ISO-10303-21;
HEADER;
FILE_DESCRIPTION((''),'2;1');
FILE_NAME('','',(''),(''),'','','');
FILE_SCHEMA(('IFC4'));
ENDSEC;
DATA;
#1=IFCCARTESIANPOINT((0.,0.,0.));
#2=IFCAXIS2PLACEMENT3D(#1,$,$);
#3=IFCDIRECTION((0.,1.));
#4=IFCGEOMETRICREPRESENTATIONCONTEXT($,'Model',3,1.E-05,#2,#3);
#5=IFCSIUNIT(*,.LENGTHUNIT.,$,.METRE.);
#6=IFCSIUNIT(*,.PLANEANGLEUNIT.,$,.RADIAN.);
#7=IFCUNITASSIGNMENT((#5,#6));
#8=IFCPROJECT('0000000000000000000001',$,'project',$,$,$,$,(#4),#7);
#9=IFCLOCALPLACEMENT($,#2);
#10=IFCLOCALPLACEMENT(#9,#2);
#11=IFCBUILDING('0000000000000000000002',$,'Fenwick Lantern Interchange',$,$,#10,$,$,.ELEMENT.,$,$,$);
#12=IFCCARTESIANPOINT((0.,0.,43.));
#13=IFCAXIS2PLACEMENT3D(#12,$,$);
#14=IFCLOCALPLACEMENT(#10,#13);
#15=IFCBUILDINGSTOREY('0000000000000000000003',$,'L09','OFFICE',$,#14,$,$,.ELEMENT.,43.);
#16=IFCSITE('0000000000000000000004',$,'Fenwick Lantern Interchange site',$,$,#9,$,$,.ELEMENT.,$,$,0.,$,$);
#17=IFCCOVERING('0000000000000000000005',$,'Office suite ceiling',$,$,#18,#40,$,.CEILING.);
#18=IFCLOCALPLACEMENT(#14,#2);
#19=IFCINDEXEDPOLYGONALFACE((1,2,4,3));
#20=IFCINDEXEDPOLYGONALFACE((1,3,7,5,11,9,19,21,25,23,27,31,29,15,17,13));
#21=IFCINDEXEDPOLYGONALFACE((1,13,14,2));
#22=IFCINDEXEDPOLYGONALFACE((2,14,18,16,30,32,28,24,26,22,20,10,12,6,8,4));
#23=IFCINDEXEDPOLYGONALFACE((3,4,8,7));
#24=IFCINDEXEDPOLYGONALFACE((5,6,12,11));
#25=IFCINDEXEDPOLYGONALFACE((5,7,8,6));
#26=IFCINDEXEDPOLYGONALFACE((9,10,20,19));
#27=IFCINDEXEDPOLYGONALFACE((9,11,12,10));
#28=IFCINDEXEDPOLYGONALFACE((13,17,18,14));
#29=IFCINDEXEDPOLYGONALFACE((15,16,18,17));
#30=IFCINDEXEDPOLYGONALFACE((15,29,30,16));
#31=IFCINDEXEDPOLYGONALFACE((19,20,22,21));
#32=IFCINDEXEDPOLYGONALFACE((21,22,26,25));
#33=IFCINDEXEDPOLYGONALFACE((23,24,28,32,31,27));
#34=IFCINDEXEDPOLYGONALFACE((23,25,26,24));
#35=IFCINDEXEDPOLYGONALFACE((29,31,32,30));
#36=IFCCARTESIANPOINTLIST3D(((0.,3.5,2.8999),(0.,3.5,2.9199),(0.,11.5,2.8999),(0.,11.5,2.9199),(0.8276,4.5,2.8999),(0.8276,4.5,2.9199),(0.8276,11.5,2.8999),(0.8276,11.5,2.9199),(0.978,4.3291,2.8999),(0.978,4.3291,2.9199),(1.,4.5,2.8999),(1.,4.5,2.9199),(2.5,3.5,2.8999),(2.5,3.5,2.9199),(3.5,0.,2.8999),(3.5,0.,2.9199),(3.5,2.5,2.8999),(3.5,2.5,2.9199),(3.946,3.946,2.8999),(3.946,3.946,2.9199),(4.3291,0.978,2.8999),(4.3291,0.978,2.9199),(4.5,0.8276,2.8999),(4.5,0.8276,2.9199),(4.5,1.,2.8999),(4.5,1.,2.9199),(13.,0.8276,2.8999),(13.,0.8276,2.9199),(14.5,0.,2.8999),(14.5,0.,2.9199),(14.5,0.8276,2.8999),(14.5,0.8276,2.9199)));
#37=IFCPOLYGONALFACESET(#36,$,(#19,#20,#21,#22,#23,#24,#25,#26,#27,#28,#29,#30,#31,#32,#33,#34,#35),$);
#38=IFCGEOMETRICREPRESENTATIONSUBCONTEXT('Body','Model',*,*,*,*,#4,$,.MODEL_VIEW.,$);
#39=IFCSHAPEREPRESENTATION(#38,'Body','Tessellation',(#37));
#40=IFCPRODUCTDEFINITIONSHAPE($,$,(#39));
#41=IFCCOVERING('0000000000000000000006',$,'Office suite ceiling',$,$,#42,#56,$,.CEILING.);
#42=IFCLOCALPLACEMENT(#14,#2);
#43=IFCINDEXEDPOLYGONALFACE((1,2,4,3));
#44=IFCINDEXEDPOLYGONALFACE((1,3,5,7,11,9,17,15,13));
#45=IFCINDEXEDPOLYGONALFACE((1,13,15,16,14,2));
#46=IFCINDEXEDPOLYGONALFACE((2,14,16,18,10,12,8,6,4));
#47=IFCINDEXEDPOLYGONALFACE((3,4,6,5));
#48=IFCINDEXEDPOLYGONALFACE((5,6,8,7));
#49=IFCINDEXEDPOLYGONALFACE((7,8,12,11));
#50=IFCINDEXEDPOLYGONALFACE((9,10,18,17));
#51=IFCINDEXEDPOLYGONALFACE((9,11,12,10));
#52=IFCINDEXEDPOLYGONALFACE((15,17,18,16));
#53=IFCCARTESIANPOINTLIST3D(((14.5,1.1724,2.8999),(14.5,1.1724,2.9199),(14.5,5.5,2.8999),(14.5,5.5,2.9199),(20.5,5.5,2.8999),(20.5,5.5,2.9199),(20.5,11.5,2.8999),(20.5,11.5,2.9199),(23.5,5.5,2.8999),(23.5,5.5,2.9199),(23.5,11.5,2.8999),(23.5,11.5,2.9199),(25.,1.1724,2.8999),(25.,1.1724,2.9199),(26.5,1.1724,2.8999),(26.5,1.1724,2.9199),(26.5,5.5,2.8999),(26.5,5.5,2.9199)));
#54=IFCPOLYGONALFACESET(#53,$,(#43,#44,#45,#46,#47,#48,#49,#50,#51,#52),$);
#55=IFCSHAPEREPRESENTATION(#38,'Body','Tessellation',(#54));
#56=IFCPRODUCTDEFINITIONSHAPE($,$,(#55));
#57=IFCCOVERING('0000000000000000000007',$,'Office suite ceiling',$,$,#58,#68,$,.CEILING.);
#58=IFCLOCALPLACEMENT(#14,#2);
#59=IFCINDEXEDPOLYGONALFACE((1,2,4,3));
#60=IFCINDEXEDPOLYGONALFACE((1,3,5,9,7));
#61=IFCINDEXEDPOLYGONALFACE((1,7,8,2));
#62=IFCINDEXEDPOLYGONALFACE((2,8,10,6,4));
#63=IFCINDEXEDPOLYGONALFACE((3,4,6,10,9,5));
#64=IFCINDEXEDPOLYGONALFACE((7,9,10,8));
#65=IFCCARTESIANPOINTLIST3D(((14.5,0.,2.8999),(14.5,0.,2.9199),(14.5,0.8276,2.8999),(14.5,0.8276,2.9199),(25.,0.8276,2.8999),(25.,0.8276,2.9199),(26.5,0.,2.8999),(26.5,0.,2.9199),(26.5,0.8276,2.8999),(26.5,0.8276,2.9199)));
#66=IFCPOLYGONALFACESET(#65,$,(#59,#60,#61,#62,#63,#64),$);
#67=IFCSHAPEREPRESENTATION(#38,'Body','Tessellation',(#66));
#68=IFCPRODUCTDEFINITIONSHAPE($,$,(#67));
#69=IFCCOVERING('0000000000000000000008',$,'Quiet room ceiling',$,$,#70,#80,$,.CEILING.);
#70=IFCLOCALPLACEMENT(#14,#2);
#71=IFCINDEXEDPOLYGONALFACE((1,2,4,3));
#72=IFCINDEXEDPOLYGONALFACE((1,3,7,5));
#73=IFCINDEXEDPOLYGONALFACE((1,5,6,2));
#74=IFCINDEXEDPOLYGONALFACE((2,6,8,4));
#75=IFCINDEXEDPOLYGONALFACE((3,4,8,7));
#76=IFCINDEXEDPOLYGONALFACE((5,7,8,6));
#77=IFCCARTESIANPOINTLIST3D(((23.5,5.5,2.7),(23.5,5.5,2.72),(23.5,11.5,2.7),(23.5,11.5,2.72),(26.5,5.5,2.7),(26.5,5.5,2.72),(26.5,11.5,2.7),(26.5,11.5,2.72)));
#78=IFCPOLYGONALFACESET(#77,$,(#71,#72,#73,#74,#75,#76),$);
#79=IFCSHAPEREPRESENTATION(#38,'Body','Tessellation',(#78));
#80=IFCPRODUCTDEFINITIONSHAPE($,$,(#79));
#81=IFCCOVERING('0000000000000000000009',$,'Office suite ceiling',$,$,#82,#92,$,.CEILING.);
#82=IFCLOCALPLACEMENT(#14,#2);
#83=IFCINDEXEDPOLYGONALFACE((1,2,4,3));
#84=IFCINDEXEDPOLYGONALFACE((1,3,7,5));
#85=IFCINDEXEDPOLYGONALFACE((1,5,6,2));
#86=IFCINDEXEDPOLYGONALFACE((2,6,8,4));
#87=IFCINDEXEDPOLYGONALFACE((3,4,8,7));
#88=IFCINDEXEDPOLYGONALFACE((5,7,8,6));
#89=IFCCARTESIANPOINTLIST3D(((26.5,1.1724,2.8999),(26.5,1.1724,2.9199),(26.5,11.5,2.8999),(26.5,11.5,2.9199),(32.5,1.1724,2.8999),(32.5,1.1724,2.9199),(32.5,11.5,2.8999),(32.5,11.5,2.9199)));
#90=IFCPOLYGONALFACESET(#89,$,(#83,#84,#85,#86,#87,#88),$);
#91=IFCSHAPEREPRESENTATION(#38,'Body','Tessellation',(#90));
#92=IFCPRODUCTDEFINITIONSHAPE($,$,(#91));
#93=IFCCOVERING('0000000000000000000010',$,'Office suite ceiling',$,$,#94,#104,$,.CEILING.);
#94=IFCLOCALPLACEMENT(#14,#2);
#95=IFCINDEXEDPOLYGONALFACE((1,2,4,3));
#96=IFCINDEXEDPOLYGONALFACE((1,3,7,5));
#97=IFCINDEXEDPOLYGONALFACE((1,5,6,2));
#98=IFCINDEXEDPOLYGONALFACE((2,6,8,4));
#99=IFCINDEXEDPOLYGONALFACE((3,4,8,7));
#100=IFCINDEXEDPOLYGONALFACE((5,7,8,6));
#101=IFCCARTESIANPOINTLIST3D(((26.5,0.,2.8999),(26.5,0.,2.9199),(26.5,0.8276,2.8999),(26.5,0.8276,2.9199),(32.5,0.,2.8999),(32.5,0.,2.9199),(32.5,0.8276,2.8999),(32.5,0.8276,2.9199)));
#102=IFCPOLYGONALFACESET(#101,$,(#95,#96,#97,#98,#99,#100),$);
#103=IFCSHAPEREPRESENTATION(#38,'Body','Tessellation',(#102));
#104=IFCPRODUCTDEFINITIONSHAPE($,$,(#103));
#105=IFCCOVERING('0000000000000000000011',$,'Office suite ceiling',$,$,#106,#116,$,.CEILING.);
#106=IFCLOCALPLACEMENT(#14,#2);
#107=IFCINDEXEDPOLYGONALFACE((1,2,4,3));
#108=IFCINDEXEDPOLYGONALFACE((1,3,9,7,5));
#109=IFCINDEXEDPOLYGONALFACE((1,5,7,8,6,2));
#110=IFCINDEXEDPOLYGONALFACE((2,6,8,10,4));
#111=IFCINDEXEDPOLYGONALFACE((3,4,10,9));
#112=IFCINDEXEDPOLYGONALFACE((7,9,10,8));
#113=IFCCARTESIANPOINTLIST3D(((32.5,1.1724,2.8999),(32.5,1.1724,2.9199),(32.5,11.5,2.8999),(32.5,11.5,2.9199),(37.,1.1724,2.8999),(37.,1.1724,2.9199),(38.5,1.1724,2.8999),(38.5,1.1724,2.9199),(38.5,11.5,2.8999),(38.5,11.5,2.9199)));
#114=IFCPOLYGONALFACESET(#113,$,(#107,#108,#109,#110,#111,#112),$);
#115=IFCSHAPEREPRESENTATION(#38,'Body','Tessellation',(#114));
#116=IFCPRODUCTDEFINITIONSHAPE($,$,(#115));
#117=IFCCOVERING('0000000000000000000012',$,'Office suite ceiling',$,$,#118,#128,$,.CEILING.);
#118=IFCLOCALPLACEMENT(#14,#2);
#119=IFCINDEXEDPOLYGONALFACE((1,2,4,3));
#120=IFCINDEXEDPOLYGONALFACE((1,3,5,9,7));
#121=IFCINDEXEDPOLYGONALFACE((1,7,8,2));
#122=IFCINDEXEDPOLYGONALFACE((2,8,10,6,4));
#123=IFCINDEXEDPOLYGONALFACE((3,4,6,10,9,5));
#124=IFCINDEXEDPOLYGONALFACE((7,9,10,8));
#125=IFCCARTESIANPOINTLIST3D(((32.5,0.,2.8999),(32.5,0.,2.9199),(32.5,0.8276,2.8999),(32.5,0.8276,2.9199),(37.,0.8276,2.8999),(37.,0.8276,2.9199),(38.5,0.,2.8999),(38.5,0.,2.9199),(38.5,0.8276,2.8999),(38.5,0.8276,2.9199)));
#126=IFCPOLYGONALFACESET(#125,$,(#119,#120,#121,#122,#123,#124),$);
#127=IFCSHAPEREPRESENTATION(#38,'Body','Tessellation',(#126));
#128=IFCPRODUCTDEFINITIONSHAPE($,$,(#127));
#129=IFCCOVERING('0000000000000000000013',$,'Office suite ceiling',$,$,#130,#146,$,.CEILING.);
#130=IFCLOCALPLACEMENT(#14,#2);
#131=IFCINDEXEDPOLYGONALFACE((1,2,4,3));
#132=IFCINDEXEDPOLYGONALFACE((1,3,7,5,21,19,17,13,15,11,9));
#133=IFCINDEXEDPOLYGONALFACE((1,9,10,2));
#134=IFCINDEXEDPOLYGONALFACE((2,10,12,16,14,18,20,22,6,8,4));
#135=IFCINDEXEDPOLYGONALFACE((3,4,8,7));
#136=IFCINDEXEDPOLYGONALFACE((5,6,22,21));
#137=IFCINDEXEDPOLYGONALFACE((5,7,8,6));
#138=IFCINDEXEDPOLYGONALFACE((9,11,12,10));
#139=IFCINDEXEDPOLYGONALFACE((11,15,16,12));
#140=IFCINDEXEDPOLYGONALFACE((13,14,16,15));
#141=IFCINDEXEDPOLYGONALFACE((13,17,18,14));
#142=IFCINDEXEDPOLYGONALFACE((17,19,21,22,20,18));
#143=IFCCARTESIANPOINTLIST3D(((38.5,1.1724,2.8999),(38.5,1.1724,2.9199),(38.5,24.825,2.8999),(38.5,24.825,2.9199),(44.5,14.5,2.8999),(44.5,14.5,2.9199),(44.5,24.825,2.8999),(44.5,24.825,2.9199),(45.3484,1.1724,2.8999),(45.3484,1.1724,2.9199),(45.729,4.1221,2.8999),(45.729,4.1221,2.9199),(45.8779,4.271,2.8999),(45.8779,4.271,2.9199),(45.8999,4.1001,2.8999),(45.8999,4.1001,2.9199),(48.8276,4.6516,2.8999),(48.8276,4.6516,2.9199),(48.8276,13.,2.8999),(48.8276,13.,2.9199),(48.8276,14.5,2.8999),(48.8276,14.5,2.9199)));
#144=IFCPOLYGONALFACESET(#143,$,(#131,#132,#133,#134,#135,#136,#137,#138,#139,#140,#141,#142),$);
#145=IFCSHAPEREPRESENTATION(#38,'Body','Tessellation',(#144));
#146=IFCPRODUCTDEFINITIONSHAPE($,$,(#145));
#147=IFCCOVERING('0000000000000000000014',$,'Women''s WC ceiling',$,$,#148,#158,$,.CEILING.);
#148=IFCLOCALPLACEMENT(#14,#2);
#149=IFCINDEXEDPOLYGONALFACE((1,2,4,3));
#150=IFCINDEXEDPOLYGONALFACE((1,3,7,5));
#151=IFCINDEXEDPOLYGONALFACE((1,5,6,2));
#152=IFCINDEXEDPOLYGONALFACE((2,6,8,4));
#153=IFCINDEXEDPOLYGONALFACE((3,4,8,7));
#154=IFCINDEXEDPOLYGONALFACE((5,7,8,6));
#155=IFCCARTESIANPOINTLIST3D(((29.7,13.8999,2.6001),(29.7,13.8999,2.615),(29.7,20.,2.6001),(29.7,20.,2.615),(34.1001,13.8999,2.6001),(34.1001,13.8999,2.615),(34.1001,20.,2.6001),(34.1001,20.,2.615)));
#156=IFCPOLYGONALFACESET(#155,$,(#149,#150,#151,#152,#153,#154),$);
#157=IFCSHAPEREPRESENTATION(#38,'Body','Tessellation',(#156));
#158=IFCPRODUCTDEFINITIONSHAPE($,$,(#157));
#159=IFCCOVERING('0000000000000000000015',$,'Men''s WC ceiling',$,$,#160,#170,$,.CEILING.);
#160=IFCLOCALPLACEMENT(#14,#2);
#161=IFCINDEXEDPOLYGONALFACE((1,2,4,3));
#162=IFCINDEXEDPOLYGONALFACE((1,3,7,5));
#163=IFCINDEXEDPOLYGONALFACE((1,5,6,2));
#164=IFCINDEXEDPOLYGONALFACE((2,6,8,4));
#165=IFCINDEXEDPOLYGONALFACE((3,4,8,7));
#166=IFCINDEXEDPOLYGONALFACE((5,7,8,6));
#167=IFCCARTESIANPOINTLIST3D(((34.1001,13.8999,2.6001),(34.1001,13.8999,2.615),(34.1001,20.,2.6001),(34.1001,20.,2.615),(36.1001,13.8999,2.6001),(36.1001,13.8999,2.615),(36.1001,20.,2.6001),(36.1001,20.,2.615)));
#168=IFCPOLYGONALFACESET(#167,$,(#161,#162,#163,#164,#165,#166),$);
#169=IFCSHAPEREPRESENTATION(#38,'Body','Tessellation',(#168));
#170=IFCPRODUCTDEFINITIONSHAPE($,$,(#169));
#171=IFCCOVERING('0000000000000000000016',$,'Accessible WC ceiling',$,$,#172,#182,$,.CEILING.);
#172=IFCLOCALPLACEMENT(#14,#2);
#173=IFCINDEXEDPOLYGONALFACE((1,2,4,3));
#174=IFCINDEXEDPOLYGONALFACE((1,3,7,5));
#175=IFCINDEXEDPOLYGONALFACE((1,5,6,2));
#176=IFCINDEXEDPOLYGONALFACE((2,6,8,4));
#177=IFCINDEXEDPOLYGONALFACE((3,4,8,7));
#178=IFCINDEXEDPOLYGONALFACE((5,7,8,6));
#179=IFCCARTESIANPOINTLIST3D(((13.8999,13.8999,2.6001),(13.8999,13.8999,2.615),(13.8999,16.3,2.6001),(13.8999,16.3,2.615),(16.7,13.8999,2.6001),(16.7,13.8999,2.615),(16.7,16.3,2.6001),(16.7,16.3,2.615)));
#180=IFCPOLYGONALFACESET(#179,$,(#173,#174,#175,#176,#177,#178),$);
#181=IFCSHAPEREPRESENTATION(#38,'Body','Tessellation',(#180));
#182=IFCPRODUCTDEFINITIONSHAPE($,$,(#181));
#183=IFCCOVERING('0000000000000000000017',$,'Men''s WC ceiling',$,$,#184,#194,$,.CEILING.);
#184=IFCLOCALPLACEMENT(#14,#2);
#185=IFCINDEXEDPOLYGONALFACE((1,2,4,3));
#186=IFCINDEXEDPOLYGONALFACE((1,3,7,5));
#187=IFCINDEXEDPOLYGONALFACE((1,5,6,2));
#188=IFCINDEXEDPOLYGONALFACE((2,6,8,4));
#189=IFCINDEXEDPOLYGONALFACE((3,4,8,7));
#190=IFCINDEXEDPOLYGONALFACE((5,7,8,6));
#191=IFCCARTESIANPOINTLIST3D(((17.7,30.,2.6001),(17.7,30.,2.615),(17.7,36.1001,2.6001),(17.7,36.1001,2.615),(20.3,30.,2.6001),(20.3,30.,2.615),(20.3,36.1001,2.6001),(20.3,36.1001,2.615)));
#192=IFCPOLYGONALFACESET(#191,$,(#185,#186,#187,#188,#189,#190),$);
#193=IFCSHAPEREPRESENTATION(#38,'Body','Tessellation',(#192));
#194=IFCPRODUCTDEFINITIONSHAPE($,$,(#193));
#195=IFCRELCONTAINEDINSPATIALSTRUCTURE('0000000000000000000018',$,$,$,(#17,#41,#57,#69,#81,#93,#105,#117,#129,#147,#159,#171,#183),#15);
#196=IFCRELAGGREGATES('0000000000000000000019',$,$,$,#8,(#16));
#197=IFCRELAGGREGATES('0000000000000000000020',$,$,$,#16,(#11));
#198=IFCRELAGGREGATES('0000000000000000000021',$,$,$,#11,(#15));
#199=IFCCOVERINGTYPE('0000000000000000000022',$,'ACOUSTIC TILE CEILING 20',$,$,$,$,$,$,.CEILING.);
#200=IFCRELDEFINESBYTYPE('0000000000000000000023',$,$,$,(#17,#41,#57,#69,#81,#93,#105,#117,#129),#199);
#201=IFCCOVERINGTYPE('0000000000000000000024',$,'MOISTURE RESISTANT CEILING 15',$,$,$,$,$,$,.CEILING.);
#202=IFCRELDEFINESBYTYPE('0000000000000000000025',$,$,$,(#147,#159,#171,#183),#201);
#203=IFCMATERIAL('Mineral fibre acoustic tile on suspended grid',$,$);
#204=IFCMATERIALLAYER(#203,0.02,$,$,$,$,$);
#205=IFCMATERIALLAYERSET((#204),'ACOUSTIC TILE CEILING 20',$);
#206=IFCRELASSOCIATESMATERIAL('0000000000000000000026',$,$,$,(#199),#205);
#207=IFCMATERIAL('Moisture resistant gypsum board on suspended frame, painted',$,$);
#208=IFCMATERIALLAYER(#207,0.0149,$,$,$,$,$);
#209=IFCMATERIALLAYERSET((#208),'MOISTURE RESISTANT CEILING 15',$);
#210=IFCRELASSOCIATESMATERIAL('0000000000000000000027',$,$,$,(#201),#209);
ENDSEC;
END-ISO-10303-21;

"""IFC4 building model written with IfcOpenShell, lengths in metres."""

from ifc_helpers import new_model, si_unit, direction, frame, origin, place, context, subcontext, project, spatial, polyline, outline, extrude, material, layer, layer_set, type_object, element, save


model = new_model("IFC4")

# Units and contexts
model_context = context("Model", 3, precision=1e-05, world=origin(), true_north=direction((0.0, 1.0)))
body_context = subcontext(model_context, "Body", "Model", "MODEL_VIEW")
ifc_project = project(units=[si_unit("LENGTHUNIT", "METRE"), si_unit("PLANEANGLEUNIT", "RADIAN")], contexts=[model_context])

# Site, building, storey
site_placement = place(None, origin())
site = spatial("IfcSite", under=ifc_project, at=site_placement, Name="Fenwick Lantern Interchange site", CompositionType="ELEMENT", RefElevation=0.0)
building_placement = place(site_placement, origin())
building = spatial("IfcBuilding", under=site, at=building_placement, Name="Fenwick Lantern Interchange", CompositionType="ELEMENT")
storey_placement = place(building_placement, frame((0.0, 0.0, 43.0)))
storey = spatial("IfcBuildingStorey", under=building, at=storey_placement, Name="L09", Description="OFFICE", CompositionType="ELEMENT", Elevation=43.0)

# Coverings
ifc_material_1 = material(Name="Mineral fibre acoustic tile on suspended grid")
ifc_layer_1 = layer(ifc_material_1, 0.02)
ifc_layer_set_1 = layer_set([ifc_layer_1], Name="ACOUSTIC TILE CEILING 20")
covering_type_1 = type_object("IfcCoveringType", Name="ACOUSTIC TILE CEILING 20", PredefinedType="CEILING", material=ifc_layer_set_1)
covering_1_placement = place(storey_placement, frame((0.0, 0.0, 2.8999)))
element("IfcCovering", 1, at=covering_1_placement, inside=storey, type_object=covering_type_1, Name="Office suite ceiling", PredefinedType="CEILING", context=body_context, shape_type="SweptSolid", body=[
    extrude(outline(polyline([(2.5, 3.5), (3.5, 2.5), (3.5, 0.0), (14.5, 0.0), (14.5, 0.8276), (13.0, 0.8276), (4.5, 0.8276), (4.5, 1.0), (4.3291, 0.978), (3.946, 3.946), (0.978, 4.3291), (1.0, 4.5), (0.8276, 4.5), (0.8276, 11.5), (0.0, 11.5), (0.0, 3.5), (2.5, 3.5)])), origin(), (0.0, 0.0, 1.0), 0.02),
])
covering_2_placement = place(storey_placement, frame((0.0, 0.0, 2.8999)))
element("IfcCovering", 2, at=covering_2_placement, inside=storey, type_object=covering_type_1, Name="Office suite ceiling", PredefinedType="CEILING", context=body_context, shape_type="SweptSolid", body=[
    extrude(outline(polyline([(14.5, 5.5), (14.5, 1.1724), (25.0, 1.1724), (26.5, 1.1724), (26.5, 5.5), (23.5, 5.5), (23.5, 11.5), (20.5, 11.5), (20.5, 5.5), (14.5, 5.5)])), origin(), (0.0, 0.0, 1.0), 0.02),
])
covering_3_placement = place(storey_placement, frame((0.0, 0.0, 2.8999)))
element("IfcCovering", 3, at=covering_3_placement, inside=storey, type_object=covering_type_1, Name="Office suite ceiling", PredefinedType="CEILING", context=body_context, shape_type="SweptSolid", body=[
    extrude(outline(polyline([(14.5, 0.8276), (14.5, 0.0), (26.5, 0.0), (26.5, 0.8276), (25.0, 0.8276), (14.5, 0.8276)])), origin(), (0.0, 0.0, 1.0), 0.02),
])
covering_4_placement = place(storey_placement, frame((0.0, 0.0, 2.7)))
element("IfcCovering", 4, at=covering_4_placement, inside=storey, type_object=covering_type_1, Name="Quiet room ceiling", PredefinedType="CEILING", context=body_context, shape_type="SweptSolid", body=[
    extrude(outline(polyline([(23.5, 5.5), (26.5, 5.5), (26.5, 11.5), (23.5, 11.5), (23.5, 5.5)])), origin(), (0.0, 0.0, 1.0), 0.02),
])
covering_5_placement = place(storey_placement, frame((0.0, 0.0, 2.8999)))
element("IfcCovering", 5, at=covering_5_placement, inside=storey, type_object=covering_type_1, Name="Office suite ceiling", PredefinedType="CEILING", context=body_context, shape_type="SweptSolid", body=[
    extrude(outline(polyline([(26.5, 11.5), (26.5, 1.1724), (32.5, 1.1724), (32.5, 11.5), (26.5, 11.5)])), origin(), (0.0, 0.0, 1.0), 0.02),
])
covering_6_placement = place(storey_placement, frame((0.0, 0.0, 2.8999)))
element("IfcCovering", 6, at=covering_6_placement, inside=storey, type_object=covering_type_1, Name="Office suite ceiling", PredefinedType="CEILING", context=body_context, shape_type="SweptSolid", body=[
    extrude(outline(polyline([(26.5, 0.0), (32.5, 0.0), (32.5, 0.8276), (26.5, 0.8276), (26.5, 0.0)])), origin(), (0.0, 0.0, 1.0), 0.02),
])
covering_7_placement = place(storey_placement, frame((0.0, 0.0, 2.8999)))
element("IfcCovering", 7, at=covering_7_placement, inside=storey, type_object=covering_type_1, Name="Office suite ceiling", PredefinedType="CEILING", context=body_context, shape_type="SweptSolid", body=[
    extrude(outline(polyline([(32.5, 11.5), (32.5, 1.1724), (37.0, 1.1724), (38.5, 1.1724), (38.5, 11.5), (32.5, 11.5)])), origin(), (0.0, 0.0, 1.0), 0.02),
])
covering_8_placement = place(storey_placement, frame((0.0, 0.0, 2.8999)))
element("IfcCovering", 8, at=covering_8_placement, inside=storey, type_object=covering_type_1, Name="Office suite ceiling", PredefinedType="CEILING", context=body_context, shape_type="SweptSolid", body=[
    extrude(outline(polyline([(32.5, 0.0), (38.5, 0.0), (38.5, 0.8276), (37.0, 0.8276), (32.5, 0.8276), (32.5, 0.0)])), origin(), (0.0, 0.0, 1.0), 0.02),
])
covering_9_placement = place(storey_placement, frame((0.0, 0.0, 2.8999)))
element("IfcCovering", 9, at=covering_9_placement, inside=storey, type_object=covering_type_1, Name="Office suite ceiling", PredefinedType="CEILING", context=body_context, shape_type="SweptSolid", body=[
    extrude(outline(polyline([(38.5, 24.825), (38.5, 1.1724), (45.3484, 1.1724), (45.729, 4.1221), (45.8999, 4.1001), (45.8779, 4.271), (48.8276, 4.6516), (48.8276, 13.0), (48.8276, 14.5), (44.5, 14.5), (44.5, 24.825), (38.5, 24.825)])), origin(), (0.0, 0.0, 1.0), 0.02),
])
ifc_material_2 = material(Name="Moisture resistant gypsum board on suspended frame, painted")
ifc_layer_2 = layer(ifc_material_2, 0.0149)
ifc_layer_set_2 = layer_set([ifc_layer_2], Name="MOISTURE RESISTANT CEILING 15")
covering_type_2 = type_object("IfcCoveringType", Name="MOISTURE RESISTANT CEILING 15", PredefinedType="CEILING", material=ifc_layer_set_2)
covering_10_placement = place(storey_placement, frame((0.0, 0.0, 2.6001)))
element("IfcCovering", 10, at=covering_10_placement, inside=storey, type_object=covering_type_2, Name="Women's WC ceiling", PredefinedType="CEILING", context=body_context, shape_type="SweptSolid", body=[
    extrude(outline(polyline([(29.7, 13.8999), (34.1001, 13.8999), (34.1001, 20.0), (29.7, 20.0), (29.7, 13.8999)])), origin(), (0.0, 0.0, 1.0), 0.0149),
])
covering_11_placement = place(storey_placement, frame((0.0, 0.0, 2.6001)))
element("IfcCovering", 11, at=covering_11_placement, inside=storey, type_object=covering_type_2, Name="Men's WC ceiling", PredefinedType="CEILING", context=body_context, shape_type="SweptSolid", body=[
    extrude(outline(polyline([(34.1001, 13.8999), (36.1001, 13.8999), (36.1001, 20.0), (34.1001, 20.0), (34.1001, 13.8999)])), origin(), (0.0, 0.0, 1.0), 0.0149),
])
covering_12_placement = place(storey_placement, frame((0.0, 0.0, 2.6001)))
element("IfcCovering", 12, at=covering_12_placement, inside=storey, type_object=covering_type_2, Name="Accessible WC ceiling", PredefinedType="CEILING", context=body_context, shape_type="SweptSolid", body=[
    extrude(outline(polyline([(13.8999, 13.8999), (16.7, 13.8999), (16.7, 16.3), (13.8999, 16.3), (13.8999, 13.8999)])), origin(), (0.0, 0.0, 1.0), 0.0149),
])
covering_13_placement = place(storey_placement, frame((0.0, 0.0, 2.6001)))
element("IfcCovering", 13, at=covering_13_placement, inside=storey, type_object=covering_type_2, Name="Men's WC ceiling", PredefinedType="CEILING", context=body_context, shape_type="SweptSolid", body=[
    extrude(outline(polyline([(20.3, 36.1001), (17.7, 36.1001), (17.7, 30.0), (20.3, 30.0), (20.3, 36.1001)])), origin(), (0.0, 0.0, 1.0), 0.0149),
])

save(model, "model.ifc")
